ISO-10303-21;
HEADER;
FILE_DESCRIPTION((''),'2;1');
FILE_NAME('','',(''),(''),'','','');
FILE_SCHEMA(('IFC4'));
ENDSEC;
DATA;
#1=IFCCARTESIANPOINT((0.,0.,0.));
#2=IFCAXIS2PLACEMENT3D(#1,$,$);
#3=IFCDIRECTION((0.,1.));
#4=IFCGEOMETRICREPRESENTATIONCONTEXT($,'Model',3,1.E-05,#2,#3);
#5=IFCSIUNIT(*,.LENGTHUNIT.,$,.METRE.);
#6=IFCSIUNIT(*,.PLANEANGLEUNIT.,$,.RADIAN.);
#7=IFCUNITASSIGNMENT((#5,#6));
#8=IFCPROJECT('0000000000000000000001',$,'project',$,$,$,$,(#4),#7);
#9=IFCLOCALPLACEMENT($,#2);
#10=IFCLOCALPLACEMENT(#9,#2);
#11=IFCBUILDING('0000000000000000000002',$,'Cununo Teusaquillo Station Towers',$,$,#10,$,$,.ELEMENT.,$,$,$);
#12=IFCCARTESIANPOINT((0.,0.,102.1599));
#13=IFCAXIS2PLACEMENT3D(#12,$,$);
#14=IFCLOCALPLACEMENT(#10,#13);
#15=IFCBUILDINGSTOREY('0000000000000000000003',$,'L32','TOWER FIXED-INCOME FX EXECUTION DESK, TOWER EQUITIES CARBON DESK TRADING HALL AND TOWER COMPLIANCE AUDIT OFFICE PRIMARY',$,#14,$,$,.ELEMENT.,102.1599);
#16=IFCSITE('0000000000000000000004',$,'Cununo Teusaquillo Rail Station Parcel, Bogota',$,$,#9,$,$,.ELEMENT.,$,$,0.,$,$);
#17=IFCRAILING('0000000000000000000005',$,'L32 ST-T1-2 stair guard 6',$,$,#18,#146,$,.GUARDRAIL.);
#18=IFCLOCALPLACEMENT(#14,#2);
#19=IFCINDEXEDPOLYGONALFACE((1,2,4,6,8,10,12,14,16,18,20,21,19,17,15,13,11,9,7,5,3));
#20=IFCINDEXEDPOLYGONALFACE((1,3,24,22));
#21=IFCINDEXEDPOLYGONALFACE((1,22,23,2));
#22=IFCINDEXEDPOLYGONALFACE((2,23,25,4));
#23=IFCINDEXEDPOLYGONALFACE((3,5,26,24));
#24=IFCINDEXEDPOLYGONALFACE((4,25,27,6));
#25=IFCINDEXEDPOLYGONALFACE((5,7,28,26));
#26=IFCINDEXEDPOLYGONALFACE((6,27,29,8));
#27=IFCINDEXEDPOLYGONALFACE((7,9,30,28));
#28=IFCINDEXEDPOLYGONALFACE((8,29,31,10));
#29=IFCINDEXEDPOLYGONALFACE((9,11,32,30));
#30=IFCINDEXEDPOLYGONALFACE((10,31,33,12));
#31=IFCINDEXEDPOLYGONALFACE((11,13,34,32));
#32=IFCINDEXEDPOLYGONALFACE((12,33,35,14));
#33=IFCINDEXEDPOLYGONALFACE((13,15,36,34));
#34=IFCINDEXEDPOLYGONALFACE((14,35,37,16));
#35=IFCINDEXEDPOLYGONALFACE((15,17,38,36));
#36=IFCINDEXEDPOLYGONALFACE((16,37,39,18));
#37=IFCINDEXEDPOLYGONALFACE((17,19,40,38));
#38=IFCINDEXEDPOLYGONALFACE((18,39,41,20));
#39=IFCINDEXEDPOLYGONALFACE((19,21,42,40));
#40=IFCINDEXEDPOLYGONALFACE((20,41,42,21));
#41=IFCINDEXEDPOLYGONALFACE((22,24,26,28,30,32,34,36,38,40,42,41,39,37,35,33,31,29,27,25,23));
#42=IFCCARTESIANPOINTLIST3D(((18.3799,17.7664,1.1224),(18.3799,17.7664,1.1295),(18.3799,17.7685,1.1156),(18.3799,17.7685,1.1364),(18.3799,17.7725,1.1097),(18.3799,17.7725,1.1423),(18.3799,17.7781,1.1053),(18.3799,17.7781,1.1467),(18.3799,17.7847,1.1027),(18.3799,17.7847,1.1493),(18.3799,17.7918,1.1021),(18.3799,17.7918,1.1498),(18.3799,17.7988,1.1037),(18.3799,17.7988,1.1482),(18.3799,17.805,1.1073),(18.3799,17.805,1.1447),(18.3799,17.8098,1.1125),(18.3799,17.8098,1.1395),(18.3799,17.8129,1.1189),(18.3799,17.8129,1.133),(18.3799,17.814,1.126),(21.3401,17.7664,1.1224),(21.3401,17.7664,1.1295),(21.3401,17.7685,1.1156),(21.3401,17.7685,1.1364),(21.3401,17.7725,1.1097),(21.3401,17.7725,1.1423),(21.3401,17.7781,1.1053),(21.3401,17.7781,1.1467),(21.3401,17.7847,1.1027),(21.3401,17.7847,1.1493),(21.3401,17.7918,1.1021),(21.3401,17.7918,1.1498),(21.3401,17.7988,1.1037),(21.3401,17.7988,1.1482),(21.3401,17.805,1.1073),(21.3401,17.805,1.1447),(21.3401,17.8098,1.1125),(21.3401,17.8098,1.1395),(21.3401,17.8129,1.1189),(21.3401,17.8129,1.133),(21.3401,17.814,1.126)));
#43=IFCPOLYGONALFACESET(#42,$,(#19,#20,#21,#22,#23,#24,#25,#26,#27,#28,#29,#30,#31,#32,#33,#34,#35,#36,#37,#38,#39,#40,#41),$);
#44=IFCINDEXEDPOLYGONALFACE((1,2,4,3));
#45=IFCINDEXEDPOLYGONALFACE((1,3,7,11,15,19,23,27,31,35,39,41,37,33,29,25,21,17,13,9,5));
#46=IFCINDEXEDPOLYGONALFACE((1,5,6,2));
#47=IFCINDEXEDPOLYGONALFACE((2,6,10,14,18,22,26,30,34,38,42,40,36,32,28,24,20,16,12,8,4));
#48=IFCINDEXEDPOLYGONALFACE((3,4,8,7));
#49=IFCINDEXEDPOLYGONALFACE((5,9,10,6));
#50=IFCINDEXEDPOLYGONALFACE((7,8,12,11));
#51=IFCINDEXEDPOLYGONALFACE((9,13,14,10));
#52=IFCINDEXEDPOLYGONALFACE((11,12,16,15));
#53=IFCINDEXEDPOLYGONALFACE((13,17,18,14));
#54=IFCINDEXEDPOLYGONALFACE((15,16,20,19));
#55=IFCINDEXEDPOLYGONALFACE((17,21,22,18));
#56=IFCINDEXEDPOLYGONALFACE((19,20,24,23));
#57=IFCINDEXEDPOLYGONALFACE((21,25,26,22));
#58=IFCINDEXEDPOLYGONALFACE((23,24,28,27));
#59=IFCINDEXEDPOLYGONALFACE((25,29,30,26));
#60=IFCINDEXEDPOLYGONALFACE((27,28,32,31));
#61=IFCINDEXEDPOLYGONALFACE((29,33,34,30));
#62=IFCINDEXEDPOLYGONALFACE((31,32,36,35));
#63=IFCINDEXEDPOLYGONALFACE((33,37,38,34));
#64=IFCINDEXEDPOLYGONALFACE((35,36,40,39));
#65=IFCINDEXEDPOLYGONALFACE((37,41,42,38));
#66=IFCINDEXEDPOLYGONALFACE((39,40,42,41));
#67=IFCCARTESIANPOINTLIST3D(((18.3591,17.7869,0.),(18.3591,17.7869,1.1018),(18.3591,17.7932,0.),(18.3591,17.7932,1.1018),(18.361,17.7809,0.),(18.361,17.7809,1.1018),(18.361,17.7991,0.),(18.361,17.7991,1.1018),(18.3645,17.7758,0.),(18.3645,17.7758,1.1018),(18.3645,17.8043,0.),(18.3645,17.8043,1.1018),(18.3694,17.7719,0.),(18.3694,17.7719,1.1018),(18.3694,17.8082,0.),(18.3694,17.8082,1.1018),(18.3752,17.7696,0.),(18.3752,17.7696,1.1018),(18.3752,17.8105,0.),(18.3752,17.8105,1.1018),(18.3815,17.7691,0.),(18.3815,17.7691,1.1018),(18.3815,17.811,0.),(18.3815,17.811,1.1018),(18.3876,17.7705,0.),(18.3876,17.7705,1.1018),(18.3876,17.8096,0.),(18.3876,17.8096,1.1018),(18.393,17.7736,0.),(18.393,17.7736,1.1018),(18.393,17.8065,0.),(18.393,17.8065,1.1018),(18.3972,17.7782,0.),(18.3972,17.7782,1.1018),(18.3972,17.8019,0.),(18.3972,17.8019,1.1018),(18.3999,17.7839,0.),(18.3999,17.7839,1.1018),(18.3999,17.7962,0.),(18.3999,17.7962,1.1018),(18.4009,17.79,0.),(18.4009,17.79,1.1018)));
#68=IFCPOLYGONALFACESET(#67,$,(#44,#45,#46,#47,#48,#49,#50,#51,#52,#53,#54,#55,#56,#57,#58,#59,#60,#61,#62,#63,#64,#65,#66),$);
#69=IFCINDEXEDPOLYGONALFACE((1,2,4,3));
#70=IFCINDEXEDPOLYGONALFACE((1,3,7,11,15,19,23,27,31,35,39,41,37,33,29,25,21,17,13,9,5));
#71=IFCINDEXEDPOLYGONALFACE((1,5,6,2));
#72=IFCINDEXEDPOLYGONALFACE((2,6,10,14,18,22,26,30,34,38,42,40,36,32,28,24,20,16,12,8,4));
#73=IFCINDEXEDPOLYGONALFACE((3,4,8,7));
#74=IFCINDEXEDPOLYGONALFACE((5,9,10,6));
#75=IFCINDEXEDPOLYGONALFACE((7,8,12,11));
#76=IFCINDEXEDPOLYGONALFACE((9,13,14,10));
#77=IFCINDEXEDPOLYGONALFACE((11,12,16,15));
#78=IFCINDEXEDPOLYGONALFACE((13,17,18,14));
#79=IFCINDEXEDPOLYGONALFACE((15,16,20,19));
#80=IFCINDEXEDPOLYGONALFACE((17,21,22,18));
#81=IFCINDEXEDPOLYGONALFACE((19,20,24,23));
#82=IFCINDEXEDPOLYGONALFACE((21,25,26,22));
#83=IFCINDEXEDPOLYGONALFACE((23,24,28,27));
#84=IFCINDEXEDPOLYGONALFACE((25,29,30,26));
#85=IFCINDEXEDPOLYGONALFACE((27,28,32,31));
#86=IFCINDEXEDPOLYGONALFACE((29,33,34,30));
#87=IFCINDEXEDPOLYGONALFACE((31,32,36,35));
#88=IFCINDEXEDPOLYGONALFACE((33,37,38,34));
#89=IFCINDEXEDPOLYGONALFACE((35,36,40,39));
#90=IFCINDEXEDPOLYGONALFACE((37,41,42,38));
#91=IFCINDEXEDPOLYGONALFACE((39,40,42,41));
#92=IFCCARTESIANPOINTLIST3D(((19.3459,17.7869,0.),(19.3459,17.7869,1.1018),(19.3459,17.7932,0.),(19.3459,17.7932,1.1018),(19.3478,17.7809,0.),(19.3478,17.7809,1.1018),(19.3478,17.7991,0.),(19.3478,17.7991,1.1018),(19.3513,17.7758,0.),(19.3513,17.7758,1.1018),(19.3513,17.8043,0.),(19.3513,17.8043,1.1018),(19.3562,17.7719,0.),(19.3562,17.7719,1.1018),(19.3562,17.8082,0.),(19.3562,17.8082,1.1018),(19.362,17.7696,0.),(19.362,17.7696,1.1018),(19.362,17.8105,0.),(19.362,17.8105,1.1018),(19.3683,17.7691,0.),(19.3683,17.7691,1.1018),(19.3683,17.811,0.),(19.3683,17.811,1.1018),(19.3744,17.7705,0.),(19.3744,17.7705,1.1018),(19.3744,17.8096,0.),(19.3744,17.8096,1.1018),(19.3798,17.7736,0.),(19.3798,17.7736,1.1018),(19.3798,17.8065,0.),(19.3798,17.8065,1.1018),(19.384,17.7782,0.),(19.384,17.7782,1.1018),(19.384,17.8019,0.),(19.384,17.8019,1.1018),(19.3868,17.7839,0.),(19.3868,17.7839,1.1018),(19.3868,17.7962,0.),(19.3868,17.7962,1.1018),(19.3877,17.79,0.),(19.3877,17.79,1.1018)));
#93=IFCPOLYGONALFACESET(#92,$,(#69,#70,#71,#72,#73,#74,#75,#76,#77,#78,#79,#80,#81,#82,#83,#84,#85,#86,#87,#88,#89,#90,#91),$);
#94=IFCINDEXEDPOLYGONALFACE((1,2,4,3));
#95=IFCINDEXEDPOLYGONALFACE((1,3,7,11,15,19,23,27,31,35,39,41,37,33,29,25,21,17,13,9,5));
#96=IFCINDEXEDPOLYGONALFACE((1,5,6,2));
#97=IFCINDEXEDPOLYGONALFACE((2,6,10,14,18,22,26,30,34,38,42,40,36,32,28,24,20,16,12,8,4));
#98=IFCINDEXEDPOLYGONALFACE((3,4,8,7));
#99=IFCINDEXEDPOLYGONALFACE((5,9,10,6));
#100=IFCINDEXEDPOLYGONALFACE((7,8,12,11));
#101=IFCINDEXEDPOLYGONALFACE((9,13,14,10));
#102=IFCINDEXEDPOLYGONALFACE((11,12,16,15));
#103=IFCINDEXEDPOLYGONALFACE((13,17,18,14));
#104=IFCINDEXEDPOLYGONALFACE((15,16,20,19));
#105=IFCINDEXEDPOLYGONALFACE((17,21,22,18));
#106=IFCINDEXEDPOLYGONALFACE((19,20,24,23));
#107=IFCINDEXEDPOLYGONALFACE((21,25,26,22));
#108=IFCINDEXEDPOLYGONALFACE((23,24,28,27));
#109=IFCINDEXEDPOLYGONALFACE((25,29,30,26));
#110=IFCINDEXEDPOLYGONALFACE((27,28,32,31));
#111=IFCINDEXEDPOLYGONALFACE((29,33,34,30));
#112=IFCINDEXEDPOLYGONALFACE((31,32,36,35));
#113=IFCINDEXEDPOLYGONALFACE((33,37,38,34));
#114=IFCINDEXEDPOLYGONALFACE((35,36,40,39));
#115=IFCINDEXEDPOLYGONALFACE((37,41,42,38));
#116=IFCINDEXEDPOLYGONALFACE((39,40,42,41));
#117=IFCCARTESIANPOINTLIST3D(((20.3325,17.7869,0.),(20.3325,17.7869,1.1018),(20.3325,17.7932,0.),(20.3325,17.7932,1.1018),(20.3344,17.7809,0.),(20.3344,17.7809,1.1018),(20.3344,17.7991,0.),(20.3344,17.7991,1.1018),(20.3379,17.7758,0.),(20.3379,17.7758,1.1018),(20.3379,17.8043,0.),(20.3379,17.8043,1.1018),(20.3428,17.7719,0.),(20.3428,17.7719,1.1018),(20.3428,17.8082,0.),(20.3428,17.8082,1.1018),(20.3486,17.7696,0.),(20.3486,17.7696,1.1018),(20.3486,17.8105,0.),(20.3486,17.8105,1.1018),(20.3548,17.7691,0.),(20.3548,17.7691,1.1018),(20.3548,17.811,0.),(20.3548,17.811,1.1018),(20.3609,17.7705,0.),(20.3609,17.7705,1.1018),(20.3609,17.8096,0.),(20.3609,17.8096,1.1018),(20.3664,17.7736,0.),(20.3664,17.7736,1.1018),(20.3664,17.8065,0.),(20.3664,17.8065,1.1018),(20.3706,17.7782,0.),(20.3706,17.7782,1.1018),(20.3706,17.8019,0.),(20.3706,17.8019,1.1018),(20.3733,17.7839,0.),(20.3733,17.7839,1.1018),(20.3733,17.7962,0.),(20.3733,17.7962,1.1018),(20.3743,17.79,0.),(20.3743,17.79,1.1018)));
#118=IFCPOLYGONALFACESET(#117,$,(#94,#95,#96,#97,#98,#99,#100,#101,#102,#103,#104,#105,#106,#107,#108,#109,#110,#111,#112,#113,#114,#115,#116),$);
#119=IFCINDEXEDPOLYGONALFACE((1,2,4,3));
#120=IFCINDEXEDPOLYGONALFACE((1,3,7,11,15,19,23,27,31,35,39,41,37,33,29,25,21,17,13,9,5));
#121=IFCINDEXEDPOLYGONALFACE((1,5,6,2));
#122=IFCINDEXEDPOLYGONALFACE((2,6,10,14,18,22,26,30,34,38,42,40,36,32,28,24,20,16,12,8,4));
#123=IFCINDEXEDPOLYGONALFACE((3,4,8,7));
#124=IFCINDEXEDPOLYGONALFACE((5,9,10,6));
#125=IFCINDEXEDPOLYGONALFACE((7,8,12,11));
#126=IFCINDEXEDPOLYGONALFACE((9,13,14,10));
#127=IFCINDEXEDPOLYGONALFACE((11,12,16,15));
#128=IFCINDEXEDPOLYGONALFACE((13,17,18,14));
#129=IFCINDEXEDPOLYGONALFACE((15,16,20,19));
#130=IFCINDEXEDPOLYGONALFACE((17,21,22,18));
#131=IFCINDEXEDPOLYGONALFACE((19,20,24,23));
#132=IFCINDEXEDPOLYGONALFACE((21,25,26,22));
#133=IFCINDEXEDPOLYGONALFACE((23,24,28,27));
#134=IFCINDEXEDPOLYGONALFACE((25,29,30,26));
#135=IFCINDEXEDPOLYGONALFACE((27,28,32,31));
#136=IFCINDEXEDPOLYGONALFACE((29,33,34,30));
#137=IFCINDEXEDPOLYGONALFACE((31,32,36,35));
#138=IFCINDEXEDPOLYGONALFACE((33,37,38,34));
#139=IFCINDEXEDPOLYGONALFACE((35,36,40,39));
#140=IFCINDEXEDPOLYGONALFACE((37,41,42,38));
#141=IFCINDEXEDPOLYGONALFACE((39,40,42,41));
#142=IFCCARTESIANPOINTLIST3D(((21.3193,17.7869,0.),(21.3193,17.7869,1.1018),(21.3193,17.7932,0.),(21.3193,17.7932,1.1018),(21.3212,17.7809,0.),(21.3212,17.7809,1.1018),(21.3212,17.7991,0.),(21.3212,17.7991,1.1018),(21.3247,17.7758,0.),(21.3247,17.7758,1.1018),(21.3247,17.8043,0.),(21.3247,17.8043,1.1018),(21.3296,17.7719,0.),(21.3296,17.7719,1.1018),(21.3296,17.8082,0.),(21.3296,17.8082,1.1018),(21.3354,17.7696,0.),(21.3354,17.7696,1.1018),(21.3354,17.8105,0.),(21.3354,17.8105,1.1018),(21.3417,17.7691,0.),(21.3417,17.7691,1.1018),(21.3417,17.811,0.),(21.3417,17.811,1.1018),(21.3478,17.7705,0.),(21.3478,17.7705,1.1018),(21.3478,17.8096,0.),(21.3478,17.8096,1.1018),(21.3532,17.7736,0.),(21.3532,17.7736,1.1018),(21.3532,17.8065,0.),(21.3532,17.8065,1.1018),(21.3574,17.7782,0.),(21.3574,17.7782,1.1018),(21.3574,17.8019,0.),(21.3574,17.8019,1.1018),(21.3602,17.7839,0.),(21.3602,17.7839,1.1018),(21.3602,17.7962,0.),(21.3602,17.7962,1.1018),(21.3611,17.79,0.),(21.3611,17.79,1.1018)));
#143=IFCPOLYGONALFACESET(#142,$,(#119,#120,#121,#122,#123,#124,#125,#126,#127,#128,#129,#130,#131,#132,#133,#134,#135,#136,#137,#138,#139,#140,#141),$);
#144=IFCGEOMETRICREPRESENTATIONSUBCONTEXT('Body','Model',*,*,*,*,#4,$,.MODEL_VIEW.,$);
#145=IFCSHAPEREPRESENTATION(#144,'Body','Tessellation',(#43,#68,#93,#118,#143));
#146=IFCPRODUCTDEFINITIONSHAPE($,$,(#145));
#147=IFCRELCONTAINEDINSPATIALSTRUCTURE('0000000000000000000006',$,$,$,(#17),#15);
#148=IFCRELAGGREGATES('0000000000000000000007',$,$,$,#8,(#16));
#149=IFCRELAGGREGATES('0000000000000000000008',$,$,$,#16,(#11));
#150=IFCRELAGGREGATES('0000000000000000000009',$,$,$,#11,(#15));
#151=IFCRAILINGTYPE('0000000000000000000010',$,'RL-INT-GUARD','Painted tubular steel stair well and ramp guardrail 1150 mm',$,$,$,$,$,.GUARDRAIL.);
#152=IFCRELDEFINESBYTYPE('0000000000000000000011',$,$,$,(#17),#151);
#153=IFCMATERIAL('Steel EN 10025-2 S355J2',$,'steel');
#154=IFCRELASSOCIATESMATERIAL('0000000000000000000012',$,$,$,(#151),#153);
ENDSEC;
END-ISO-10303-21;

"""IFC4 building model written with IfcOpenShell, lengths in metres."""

from ifc_helpers import new_model, si_unit, direction, frame, origin, origin_2d, place, context, subcontext, project, spatial, circle, extrude, material, type_object, element, save


model = new_model("IFC4")

# Units and contexts
model_context = context("Model", 3, precision=1e-05, world=origin(), true_north=direction((0.0, 1.0)))
body_context = subcontext(model_context, "Body", "Model", "MODEL_VIEW")
ifc_project = project(units=[si_unit("LENGTHUNIT", "METRE"), si_unit("PLANEANGLEUNIT", "RADIAN")], contexts=[model_context])

# Site, building, storey
site_placement = place(None, origin())
site = spatial("IfcSite", under=ifc_project, at=site_placement, Name="Cununo Teusaquillo Rail Station Parcel, Bogota", CompositionType="ELEMENT", RefElevation=0.0)
building_placement = place(site_placement, origin())
building = spatial("IfcBuilding", under=site, at=building_placement, Name="Cununo Teusaquillo Station Towers", CompositionType="ELEMENT")
storey_placement = place(building_placement, frame((0.0, 0.0, 102.1599)))
storey = spatial("IfcBuildingStorey", under=building, at=storey_placement, Name="L32", Description="TOWER FIXED-INCOME FX EXECUTION DESK, TOWER EQUITIES CARBON DESK TRADING HALL AND TOWER COMPLIANCE AUDIT OFFICE PRIMARY", CompositionType="ELEMENT", Elevation=102.1599)

# Railing
ifc_material_1 = material(Name="Steel EN 10025-2 S355J2", Category="steel")
railing_type_1 = type_object("IfcRailingType", Name="RL-INT-GUARD", Description="Painted tubular steel stair well and ramp guardrail 1150 mm", PredefinedType="GUARDRAIL", material=ifc_material_1)
railing_1_placement = place(storey_placement, frame((18.3799, 17.79, 0.0)))
element("IfcRailing", 1, at=railing_1_placement, inside=storey, type_object=railing_type_1, Name="L32 ST-T1-2 stair guard 6", PredefinedType="GUARDRAIL", context=body_context, shape_type="SweptSolid", body=[
    extrude(circle(Radius=0.0239, at=origin_2d()), frame((0.0, 0.0, 1.126), z_axis=(1.0, 0.0, 0.0), x_axis=(0.0, 1.0, 0.0)), (0.0, 0.0, 1.0), 2.9602),
    extrude(circle(Radius=0.021, at=origin_2d()), origin(), (0.0, 0.0, 1.0), 1.1018),
    extrude(circle(Radius=0.021, at=origin_2d()), frame((0.9868, 0.0, 0.0)), (0.0, 0.0, 1.0), 1.1018),
    extrude(circle(Radius=0.021, at=origin_2d()), frame((1.9734, 0.0, 0.0)), (0.0, 0.0, 1.0), 1.1018),
    extrude(circle(Radius=0.021, at=origin_2d()), frame((2.9602, 0.0, 0.0)), (0.0, 0.0, 1.0), 1.1018),
])

save(model, "model.ifc")
